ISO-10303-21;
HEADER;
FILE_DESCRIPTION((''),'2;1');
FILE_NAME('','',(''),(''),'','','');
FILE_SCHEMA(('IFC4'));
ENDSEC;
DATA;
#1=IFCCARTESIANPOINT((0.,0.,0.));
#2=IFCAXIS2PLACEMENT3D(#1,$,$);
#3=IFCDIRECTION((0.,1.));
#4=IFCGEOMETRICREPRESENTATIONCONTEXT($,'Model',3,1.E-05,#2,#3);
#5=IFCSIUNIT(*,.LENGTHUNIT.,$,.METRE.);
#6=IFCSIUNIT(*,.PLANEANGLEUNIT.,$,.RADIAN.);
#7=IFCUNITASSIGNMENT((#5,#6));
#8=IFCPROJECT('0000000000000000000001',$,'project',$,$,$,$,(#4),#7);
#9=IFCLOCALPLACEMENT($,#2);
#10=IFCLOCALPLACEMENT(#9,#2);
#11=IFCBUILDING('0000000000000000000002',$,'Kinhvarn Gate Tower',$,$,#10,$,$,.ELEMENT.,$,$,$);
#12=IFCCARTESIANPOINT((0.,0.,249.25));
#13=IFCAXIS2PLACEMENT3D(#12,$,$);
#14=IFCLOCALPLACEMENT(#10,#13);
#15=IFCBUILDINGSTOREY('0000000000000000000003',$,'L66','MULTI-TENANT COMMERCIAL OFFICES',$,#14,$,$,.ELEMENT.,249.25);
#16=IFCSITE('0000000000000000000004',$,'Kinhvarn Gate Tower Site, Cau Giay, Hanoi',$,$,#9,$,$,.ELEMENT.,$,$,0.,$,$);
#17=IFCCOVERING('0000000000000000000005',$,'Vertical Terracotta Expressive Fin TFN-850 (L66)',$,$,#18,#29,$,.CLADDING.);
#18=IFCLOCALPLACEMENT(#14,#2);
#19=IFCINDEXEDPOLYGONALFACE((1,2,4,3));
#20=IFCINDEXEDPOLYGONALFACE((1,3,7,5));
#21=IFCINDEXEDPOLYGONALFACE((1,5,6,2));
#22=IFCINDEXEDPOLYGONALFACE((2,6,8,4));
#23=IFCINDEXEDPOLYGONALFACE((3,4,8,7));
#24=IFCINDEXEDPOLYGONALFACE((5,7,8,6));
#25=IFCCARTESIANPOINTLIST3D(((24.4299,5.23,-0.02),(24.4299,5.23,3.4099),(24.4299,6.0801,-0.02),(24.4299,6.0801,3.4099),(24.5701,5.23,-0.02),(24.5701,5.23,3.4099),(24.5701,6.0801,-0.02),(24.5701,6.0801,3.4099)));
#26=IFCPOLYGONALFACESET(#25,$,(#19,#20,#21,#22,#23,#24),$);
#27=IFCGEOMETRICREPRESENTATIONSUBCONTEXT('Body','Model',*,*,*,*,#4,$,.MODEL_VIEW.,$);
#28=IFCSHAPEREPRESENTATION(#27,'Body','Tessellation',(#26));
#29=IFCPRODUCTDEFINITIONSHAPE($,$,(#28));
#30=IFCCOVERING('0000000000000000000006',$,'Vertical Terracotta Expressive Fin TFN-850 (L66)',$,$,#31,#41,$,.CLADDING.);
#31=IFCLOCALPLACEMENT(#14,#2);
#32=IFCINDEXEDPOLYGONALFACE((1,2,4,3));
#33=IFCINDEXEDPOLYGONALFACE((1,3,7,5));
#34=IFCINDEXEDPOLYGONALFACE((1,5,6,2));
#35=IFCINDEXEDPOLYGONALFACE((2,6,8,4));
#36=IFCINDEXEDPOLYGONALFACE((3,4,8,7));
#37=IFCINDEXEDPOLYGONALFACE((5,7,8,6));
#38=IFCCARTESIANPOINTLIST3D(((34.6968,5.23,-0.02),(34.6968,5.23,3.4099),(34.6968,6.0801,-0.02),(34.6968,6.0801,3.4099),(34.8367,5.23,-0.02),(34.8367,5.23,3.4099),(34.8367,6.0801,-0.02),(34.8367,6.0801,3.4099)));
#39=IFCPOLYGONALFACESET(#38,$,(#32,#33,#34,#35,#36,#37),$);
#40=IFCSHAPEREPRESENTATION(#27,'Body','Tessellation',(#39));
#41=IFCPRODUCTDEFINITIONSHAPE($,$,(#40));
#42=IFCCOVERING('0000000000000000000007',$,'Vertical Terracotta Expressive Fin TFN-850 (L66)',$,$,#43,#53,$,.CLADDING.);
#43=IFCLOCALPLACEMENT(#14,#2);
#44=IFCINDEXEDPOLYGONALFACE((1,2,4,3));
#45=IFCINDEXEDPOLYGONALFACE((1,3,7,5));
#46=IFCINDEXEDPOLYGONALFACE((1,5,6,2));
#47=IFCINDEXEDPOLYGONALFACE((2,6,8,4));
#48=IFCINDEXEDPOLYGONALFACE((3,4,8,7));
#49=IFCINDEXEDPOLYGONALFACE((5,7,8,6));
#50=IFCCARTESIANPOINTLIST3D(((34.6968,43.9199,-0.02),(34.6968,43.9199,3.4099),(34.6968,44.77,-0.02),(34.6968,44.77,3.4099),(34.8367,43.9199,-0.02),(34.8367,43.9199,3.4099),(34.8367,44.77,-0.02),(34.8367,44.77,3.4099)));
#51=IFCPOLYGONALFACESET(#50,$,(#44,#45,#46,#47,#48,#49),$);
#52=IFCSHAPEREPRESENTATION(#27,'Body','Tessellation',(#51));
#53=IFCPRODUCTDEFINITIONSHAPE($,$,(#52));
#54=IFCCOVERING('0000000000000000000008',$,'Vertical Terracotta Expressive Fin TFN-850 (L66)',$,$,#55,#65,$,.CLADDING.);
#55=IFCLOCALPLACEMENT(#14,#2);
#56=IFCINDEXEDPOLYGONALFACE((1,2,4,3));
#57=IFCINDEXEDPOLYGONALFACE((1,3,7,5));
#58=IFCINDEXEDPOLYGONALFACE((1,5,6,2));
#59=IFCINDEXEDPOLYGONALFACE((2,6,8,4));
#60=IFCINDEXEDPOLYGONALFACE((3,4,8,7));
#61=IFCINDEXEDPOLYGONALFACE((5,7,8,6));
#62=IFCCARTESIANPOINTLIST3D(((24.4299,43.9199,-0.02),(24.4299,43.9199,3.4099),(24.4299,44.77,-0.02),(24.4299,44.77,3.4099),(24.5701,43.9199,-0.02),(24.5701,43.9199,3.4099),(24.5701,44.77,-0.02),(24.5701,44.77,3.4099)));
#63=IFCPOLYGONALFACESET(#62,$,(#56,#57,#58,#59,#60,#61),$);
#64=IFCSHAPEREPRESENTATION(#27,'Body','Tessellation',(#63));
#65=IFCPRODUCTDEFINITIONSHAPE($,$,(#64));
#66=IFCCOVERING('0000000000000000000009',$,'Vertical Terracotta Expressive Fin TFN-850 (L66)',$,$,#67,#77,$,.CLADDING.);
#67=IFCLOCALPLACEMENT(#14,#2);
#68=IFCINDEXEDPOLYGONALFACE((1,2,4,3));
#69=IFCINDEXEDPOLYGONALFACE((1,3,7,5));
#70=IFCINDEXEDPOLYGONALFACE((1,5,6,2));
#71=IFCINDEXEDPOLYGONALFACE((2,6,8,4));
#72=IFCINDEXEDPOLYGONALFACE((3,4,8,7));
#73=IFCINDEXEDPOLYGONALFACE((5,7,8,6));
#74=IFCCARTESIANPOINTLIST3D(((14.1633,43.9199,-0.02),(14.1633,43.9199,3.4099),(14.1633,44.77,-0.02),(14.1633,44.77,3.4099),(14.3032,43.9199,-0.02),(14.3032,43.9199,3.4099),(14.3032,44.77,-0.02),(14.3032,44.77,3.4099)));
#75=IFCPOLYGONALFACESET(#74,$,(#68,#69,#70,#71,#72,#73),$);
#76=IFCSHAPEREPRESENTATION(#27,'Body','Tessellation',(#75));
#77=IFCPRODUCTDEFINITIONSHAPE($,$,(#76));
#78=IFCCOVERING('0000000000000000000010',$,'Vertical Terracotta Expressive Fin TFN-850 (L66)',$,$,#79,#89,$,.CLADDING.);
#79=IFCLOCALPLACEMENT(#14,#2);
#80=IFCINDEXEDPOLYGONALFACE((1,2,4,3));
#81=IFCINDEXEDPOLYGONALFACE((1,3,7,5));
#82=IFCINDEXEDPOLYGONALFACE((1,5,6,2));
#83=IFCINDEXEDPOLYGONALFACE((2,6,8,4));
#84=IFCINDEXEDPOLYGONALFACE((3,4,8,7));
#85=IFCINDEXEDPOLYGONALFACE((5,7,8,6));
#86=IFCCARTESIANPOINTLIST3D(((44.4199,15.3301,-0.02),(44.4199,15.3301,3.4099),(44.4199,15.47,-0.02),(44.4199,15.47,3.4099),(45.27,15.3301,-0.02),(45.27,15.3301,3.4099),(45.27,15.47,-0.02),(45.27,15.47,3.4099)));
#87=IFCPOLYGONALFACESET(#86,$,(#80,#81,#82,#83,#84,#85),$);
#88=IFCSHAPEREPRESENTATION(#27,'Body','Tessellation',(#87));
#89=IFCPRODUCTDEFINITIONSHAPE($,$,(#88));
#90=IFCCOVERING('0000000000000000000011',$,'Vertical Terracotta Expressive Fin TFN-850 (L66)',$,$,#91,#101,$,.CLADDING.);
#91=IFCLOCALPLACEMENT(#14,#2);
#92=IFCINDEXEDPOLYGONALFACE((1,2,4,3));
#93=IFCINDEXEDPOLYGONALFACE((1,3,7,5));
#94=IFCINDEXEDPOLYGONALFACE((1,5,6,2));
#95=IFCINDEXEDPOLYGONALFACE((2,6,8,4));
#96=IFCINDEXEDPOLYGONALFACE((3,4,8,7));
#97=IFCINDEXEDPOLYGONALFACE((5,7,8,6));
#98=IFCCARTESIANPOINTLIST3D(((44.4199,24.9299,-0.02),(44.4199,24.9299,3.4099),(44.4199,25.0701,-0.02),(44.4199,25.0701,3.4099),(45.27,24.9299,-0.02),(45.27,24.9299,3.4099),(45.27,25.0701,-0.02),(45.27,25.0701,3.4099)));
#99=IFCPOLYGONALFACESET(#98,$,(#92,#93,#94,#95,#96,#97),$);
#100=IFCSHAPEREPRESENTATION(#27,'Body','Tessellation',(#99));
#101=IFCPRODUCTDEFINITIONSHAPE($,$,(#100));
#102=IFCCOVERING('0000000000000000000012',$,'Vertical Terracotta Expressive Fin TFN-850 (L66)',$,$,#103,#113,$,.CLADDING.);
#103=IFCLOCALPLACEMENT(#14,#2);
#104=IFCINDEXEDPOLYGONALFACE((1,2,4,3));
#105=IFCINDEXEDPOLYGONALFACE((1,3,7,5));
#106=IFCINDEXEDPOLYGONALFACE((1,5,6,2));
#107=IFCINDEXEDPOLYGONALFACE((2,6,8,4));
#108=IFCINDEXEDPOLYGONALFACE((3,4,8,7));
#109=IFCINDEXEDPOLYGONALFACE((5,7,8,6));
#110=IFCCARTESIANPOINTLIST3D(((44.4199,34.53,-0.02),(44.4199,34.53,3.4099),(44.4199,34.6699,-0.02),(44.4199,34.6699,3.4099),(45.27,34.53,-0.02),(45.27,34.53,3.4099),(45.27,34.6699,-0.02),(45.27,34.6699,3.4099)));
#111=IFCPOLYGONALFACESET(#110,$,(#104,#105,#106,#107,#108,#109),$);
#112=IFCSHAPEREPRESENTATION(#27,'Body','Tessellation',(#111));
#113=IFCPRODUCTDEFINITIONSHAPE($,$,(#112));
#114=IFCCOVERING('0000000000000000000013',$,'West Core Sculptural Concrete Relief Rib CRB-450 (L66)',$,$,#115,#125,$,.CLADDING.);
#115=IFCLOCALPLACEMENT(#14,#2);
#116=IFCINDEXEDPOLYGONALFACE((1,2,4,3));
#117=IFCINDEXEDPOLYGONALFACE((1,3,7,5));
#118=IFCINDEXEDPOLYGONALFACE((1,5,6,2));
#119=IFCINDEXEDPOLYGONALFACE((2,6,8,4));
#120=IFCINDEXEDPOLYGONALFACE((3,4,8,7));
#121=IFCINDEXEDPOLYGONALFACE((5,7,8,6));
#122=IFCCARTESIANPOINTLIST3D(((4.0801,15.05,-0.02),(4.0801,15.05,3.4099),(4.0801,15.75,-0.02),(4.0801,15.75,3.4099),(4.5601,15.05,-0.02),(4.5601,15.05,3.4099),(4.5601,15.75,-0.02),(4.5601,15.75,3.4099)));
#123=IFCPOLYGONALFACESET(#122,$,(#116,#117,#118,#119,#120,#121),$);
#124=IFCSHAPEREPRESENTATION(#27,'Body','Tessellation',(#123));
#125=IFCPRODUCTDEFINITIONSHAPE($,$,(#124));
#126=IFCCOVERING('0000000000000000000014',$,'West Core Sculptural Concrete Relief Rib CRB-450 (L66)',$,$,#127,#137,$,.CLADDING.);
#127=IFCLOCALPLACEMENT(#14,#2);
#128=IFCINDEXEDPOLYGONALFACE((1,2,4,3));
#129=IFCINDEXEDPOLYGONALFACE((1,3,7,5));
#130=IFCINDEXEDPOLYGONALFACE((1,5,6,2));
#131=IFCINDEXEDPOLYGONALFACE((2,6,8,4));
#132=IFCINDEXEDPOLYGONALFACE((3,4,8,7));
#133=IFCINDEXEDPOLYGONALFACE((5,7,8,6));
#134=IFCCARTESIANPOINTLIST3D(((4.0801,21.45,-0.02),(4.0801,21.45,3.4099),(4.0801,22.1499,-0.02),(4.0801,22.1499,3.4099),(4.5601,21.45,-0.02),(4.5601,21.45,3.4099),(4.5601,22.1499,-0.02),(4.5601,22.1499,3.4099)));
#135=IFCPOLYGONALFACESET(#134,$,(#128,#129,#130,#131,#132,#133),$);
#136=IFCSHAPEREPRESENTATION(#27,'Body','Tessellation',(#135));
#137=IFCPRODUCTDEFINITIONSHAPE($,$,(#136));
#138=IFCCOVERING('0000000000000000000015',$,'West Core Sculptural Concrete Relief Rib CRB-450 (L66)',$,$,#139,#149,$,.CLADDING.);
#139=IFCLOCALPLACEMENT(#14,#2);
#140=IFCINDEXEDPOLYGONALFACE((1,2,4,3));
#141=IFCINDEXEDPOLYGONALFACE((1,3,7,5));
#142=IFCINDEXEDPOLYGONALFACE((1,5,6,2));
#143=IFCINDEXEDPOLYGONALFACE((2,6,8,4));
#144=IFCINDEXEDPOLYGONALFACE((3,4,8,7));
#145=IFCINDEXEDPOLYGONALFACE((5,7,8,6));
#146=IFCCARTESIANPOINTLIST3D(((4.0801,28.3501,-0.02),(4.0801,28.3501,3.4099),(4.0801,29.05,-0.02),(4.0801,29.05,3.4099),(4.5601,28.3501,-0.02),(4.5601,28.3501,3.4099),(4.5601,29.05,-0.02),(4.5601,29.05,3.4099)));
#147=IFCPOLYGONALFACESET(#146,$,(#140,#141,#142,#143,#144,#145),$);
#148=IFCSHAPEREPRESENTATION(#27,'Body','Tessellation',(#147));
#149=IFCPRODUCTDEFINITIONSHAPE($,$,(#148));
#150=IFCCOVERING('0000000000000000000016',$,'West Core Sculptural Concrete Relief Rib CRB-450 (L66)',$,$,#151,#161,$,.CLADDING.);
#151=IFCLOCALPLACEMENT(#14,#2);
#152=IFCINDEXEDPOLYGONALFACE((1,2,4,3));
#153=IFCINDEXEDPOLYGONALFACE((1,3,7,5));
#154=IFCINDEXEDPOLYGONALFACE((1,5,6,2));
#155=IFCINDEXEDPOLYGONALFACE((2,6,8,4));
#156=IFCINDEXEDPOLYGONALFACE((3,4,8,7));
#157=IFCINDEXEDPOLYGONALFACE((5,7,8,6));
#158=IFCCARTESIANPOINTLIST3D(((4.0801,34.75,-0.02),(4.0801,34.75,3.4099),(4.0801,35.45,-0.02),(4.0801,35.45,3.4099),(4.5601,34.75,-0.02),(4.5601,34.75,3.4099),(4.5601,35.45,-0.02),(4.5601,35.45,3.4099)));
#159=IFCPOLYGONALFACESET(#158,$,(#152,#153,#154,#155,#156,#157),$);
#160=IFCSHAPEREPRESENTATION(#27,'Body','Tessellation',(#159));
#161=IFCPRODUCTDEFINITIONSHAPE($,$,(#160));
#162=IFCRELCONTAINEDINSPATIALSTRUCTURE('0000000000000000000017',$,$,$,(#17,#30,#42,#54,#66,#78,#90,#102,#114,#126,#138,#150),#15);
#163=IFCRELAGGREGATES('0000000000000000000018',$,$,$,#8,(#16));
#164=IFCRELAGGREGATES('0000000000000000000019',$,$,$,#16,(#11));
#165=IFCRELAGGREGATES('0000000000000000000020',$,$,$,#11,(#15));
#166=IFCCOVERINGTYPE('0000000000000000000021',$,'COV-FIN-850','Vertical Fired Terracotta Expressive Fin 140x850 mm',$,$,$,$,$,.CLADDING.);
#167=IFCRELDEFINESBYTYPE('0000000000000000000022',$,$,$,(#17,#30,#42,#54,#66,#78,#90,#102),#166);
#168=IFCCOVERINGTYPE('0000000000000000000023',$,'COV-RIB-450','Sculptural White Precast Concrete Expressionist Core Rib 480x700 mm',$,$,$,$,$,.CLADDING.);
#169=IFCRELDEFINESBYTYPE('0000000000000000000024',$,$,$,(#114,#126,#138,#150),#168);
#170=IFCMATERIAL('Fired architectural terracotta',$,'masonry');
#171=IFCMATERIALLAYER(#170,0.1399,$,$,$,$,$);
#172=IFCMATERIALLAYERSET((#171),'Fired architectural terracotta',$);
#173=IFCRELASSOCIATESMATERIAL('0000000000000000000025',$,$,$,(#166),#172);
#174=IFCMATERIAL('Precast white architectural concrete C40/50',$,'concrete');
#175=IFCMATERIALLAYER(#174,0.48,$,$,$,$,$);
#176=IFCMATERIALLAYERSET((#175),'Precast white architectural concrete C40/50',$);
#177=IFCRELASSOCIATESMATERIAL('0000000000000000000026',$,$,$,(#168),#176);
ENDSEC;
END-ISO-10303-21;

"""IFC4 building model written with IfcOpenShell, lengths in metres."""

from ifc_helpers import new_model, si_unit, direction, frame, origin, place, context, subcontext, project, spatial, polyline, outline, extrude, material, layer, layer_set, type_object, element, save


model = new_model("IFC4")

# Units and contexts
model_context = context("Model", 3, precision=1e-05, world=origin(), true_north=direction((0.0, 1.0)))
body_context = subcontext(model_context, "Body", "Model", "MODEL_VIEW")
ifc_project = project(units=[si_unit("LENGTHUNIT", "METRE"), si_unit("PLANEANGLEUNIT", "RADIAN")], contexts=[model_context])

# Site, building, storey
site_placement = place(None, origin())
site = spatial("IfcSite", under=ifc_project, at=site_placement, Name="Kinhvarn Gate Tower Site, Cau Giay, Hanoi", CompositionType="ELEMENT", RefElevation=0.0)
building_placement = place(site_placement, origin())
building = spatial("IfcBuilding", under=site, at=building_placement, Name="Kinhvarn Gate Tower", CompositionType="ELEMENT")
storey_placement = place(building_placement, frame((0.0, 0.0, 249.25)))
storey = spatial("IfcBuildingStorey", under=building, at=storey_placement, Name="L66", Description="MULTI-TENANT COMMERCIAL OFFICES", CompositionType="ELEMENT", Elevation=249.25)

# Shared definitions
ifc_material_1 = material(Name="Precast white architectural concrete C40/50", Category="concrete")

# Coverings
ifc_material_2 = material(Name="Fired architectural terracotta", Category="masonry")
ifc_layer_1 = layer(ifc_material_2, 0.1399)
ifc_layer_set_1 = layer_set([ifc_layer_1], Name="Fired architectural terracotta")
covering_type_1 = type_object("IfcCoveringType", Name="COV-FIN-850", Description="Vertical Fired Terracotta Expressive Fin 140x850 mm", PredefinedType="CLADDING", material=ifc_layer_set_1)
covering_1_placement = place(storey_placement, frame((0.0, 0.0, -0.02)))
element("IfcCovering", 1, at=covering_1_placement, inside=storey, type_object=covering_type_1, Name="Vertical Terracotta Expressive Fin TFN-850 (L66)", PredefinedType="CLADDING", context=body_context, shape_type="SweptSolid", body=[
    extrude(outline(polyline([(24.4299, 6.0801), (24.5701, 6.0801), (24.5701, 5.23), (24.4299, 5.23), (24.4299, 6.0801)])), origin(), (0.0, 0.0, 1.0), 3.4299),
])
covering_2_placement = place(storey_placement, frame((0.0, 0.0, -0.02)))
element("IfcCovering", 2, at=covering_2_placement, inside=storey, type_object=covering_type_1, Name="Vertical Terracotta Expressive Fin TFN-850 (L66)", PredefinedType="CLADDING", context=body_context, shape_type="SweptSolid", body=[
    extrude(outline(polyline([(34.6968, 6.0801), (34.8367, 6.0801), (34.8367, 5.23), (34.6968, 5.23), (34.6968, 6.0801)])), origin(), (0.0, 0.0, 1.0), 3.4299),
])
covering_3_placement = place(storey_placement, frame((0.0, 0.0, -0.02)))
element("IfcCovering", 3, at=covering_3_placement, inside=storey, type_object=covering_type_1, Name="Vertical Terracotta Expressive Fin TFN-850 (L66)", PredefinedType="CLADDING", context=body_context, shape_type="SweptSolid", body=[
    extrude(outline(polyline([(34.8367, 43.9199), (34.6968, 43.9199), (34.6968, 44.77), (34.8367, 44.77), (34.8367, 43.9199)])), origin(), (0.0, 0.0, 1.0), 3.4299),
])
covering_4_placement = place(storey_placement, frame((0.0, 0.0, -0.02)))
element("IfcCovering", 4, at=covering_4_placement, inside=storey, type_object=covering_type_1, Name="Vertical Terracotta Expressive Fin TFN-850 (L66)", PredefinedType="CLADDING", context=body_context, shape_type="SweptSolid", body=[
    extrude(outline(polyline([(24.5701, 43.9199), (24.4299, 43.9199), (24.4299, 44.77), (24.5701, 44.77), (24.5701, 43.9199)])), origin(), (0.0, 0.0, 1.0), 3.4299),
])
covering_5_placement = place(storey_placement, frame((0.0, 0.0, -0.02)))
element("IfcCovering", 5, at=covering_5_placement, inside=storey, type_object=covering_type_1, Name="Vertical Terracotta Expressive Fin TFN-850 (L66)", PredefinedType="CLADDING", context=body_context, shape_type="SweptSolid", body=[
    extrude(outline(polyline([(14.3032, 43.9199), (14.1633, 43.9199), (14.1633, 44.77), (14.3032, 44.77), (14.3032, 43.9199)])), origin(), (0.0, 0.0, 1.0), 3.4299),
])
covering_6_placement = place(storey_placement, frame((0.0, 0.0, -0.02)))
element("IfcCovering", 6, at=covering_6_placement, inside=storey, type_object=covering_type_1, Name="Vertical Terracotta Expressive Fin TFN-850 (L66)", PredefinedType="CLADDING", context=body_context, shape_type="SweptSolid", body=[
    extrude(outline(polyline([(44.4199, 15.3301), (44.4199, 15.47), (45.27, 15.47), (45.27, 15.3301), (44.4199, 15.3301)])), origin(), (0.0, 0.0, 1.0), 3.4299),
])
covering_7_placement = place(storey_placement, frame((0.0, 0.0, -0.02)))
element("IfcCovering", 7, at=covering_7_placement, inside=storey, type_object=covering_type_1, Name="Vertical Terracotta Expressive Fin TFN-850 (L66)", PredefinedType="CLADDING", context=body_context, shape_type="SweptSolid", body=[
    extrude(outline(polyline([(44.4199, 24.9299), (44.4199, 25.0701), (45.27, 25.0701), (45.27, 24.9299), (44.4199, 24.9299)])), origin(), (0.0, 0.0, 1.0), 3.4299),
])
covering_8_placement = place(storey_placement, frame((0.0, 0.0, -0.02)))
element("IfcCovering", 8, at=covering_8_placement, inside=storey, type_object=covering_type_1, Name="Vertical Terracotta Expressive Fin TFN-850 (L66)", PredefinedType="CLADDING", context=body_context, shape_type="SweptSolid", body=[
    extrude(outline(polyline([(44.4199, 34.53), (44.4199, 34.6699), (45.27, 34.6699), (45.27, 34.53), (44.4199, 34.53)])), origin(), (0.0, 0.0, 1.0), 3.4299),
])
ifc_layer_2 = layer(ifc_material_1, 0.48)
ifc_layer_set_2 = layer_set([ifc_layer_2], Name="Precast white architectural concrete C40/50")
covering_type_2 = type_object("IfcCoveringType", Name="COV-RIB-450", Description="Sculptural White Precast Concrete Expressionist Core Rib 480x700 mm", PredefinedType="CLADDING", material=ifc_layer_set_2)
covering_9_placement = place(storey_placement, frame((0.0, 0.0, -0.02)))
element("IfcCovering", 9, at=covering_9_placement, inside=storey, type_object=covering_type_2, Name="West Core Sculptural Concrete Relief Rib CRB-450 (L66)", PredefinedType="CLADDING", context=body_context, shape_type="SweptSolid", body=[
    extrude(outline(polyline([(4.0801, 15.05), (4.5601, 15.05), (4.5601, 15.75), (4.0801, 15.75), (4.0801, 15.05)])), origin(), (0.0, 0.0, 1.0), 3.4299),
])
covering_10_placement = place(storey_placement, frame((0.0, 0.0, -0.02)))
element("IfcCovering", 10, at=covering_10_placement, inside=storey, type_object=covering_type_2, Name="West Core Sculptural Concrete Relief Rib CRB-450 (L66)", PredefinedType="CLADDING", context=body_context, shape_type="SweptSolid", body=[
    extrude(outline(polyline([(4.0801, 21.45), (4.5601, 21.45), (4.5601, 22.1499), (4.0801, 22.1499), (4.0801, 21.45)])), origin(), (0.0, 0.0, 1.0), 3.4299),
])
covering_11_placement = place(storey_placement, frame((0.0, 0.0, -0.02)))
element("IfcCovering", 11, at=covering_11_placement, inside=storey, type_object=covering_type_2, Name="West Core Sculptural Concrete Relief Rib CRB-450 (L66)", PredefinedType="CLADDING", context=body_context, shape_type="SweptSolid", body=[
    extrude(outline(polyline([(4.0801, 28.3501), (4.5601, 28.3501), (4.5601, 29.05), (4.0801, 29.05), (4.0801, 28.3501)])), origin(), (0.0, 0.0, 1.0), 3.4299),
])
covering_12_placement = place(storey_placement, frame((0.0, 0.0, -0.02)))
element("IfcCovering", 12, at=covering_12_placement, inside=storey, type_object=covering_type_2, Name="West Core Sculptural Concrete Relief Rib CRB-450 (L66)", PredefinedType="CLADDING", context=body_context, shape_type="SweptSolid", body=[
    extrude(outline(polyline([(4.0801, 34.75), (4.5601, 34.75), (4.5601, 35.45), (4.0801, 35.45), (4.0801, 34.75)])), origin(), (0.0, 0.0, 1.0), 3.4299),
])

save(model, "model.ifc")
